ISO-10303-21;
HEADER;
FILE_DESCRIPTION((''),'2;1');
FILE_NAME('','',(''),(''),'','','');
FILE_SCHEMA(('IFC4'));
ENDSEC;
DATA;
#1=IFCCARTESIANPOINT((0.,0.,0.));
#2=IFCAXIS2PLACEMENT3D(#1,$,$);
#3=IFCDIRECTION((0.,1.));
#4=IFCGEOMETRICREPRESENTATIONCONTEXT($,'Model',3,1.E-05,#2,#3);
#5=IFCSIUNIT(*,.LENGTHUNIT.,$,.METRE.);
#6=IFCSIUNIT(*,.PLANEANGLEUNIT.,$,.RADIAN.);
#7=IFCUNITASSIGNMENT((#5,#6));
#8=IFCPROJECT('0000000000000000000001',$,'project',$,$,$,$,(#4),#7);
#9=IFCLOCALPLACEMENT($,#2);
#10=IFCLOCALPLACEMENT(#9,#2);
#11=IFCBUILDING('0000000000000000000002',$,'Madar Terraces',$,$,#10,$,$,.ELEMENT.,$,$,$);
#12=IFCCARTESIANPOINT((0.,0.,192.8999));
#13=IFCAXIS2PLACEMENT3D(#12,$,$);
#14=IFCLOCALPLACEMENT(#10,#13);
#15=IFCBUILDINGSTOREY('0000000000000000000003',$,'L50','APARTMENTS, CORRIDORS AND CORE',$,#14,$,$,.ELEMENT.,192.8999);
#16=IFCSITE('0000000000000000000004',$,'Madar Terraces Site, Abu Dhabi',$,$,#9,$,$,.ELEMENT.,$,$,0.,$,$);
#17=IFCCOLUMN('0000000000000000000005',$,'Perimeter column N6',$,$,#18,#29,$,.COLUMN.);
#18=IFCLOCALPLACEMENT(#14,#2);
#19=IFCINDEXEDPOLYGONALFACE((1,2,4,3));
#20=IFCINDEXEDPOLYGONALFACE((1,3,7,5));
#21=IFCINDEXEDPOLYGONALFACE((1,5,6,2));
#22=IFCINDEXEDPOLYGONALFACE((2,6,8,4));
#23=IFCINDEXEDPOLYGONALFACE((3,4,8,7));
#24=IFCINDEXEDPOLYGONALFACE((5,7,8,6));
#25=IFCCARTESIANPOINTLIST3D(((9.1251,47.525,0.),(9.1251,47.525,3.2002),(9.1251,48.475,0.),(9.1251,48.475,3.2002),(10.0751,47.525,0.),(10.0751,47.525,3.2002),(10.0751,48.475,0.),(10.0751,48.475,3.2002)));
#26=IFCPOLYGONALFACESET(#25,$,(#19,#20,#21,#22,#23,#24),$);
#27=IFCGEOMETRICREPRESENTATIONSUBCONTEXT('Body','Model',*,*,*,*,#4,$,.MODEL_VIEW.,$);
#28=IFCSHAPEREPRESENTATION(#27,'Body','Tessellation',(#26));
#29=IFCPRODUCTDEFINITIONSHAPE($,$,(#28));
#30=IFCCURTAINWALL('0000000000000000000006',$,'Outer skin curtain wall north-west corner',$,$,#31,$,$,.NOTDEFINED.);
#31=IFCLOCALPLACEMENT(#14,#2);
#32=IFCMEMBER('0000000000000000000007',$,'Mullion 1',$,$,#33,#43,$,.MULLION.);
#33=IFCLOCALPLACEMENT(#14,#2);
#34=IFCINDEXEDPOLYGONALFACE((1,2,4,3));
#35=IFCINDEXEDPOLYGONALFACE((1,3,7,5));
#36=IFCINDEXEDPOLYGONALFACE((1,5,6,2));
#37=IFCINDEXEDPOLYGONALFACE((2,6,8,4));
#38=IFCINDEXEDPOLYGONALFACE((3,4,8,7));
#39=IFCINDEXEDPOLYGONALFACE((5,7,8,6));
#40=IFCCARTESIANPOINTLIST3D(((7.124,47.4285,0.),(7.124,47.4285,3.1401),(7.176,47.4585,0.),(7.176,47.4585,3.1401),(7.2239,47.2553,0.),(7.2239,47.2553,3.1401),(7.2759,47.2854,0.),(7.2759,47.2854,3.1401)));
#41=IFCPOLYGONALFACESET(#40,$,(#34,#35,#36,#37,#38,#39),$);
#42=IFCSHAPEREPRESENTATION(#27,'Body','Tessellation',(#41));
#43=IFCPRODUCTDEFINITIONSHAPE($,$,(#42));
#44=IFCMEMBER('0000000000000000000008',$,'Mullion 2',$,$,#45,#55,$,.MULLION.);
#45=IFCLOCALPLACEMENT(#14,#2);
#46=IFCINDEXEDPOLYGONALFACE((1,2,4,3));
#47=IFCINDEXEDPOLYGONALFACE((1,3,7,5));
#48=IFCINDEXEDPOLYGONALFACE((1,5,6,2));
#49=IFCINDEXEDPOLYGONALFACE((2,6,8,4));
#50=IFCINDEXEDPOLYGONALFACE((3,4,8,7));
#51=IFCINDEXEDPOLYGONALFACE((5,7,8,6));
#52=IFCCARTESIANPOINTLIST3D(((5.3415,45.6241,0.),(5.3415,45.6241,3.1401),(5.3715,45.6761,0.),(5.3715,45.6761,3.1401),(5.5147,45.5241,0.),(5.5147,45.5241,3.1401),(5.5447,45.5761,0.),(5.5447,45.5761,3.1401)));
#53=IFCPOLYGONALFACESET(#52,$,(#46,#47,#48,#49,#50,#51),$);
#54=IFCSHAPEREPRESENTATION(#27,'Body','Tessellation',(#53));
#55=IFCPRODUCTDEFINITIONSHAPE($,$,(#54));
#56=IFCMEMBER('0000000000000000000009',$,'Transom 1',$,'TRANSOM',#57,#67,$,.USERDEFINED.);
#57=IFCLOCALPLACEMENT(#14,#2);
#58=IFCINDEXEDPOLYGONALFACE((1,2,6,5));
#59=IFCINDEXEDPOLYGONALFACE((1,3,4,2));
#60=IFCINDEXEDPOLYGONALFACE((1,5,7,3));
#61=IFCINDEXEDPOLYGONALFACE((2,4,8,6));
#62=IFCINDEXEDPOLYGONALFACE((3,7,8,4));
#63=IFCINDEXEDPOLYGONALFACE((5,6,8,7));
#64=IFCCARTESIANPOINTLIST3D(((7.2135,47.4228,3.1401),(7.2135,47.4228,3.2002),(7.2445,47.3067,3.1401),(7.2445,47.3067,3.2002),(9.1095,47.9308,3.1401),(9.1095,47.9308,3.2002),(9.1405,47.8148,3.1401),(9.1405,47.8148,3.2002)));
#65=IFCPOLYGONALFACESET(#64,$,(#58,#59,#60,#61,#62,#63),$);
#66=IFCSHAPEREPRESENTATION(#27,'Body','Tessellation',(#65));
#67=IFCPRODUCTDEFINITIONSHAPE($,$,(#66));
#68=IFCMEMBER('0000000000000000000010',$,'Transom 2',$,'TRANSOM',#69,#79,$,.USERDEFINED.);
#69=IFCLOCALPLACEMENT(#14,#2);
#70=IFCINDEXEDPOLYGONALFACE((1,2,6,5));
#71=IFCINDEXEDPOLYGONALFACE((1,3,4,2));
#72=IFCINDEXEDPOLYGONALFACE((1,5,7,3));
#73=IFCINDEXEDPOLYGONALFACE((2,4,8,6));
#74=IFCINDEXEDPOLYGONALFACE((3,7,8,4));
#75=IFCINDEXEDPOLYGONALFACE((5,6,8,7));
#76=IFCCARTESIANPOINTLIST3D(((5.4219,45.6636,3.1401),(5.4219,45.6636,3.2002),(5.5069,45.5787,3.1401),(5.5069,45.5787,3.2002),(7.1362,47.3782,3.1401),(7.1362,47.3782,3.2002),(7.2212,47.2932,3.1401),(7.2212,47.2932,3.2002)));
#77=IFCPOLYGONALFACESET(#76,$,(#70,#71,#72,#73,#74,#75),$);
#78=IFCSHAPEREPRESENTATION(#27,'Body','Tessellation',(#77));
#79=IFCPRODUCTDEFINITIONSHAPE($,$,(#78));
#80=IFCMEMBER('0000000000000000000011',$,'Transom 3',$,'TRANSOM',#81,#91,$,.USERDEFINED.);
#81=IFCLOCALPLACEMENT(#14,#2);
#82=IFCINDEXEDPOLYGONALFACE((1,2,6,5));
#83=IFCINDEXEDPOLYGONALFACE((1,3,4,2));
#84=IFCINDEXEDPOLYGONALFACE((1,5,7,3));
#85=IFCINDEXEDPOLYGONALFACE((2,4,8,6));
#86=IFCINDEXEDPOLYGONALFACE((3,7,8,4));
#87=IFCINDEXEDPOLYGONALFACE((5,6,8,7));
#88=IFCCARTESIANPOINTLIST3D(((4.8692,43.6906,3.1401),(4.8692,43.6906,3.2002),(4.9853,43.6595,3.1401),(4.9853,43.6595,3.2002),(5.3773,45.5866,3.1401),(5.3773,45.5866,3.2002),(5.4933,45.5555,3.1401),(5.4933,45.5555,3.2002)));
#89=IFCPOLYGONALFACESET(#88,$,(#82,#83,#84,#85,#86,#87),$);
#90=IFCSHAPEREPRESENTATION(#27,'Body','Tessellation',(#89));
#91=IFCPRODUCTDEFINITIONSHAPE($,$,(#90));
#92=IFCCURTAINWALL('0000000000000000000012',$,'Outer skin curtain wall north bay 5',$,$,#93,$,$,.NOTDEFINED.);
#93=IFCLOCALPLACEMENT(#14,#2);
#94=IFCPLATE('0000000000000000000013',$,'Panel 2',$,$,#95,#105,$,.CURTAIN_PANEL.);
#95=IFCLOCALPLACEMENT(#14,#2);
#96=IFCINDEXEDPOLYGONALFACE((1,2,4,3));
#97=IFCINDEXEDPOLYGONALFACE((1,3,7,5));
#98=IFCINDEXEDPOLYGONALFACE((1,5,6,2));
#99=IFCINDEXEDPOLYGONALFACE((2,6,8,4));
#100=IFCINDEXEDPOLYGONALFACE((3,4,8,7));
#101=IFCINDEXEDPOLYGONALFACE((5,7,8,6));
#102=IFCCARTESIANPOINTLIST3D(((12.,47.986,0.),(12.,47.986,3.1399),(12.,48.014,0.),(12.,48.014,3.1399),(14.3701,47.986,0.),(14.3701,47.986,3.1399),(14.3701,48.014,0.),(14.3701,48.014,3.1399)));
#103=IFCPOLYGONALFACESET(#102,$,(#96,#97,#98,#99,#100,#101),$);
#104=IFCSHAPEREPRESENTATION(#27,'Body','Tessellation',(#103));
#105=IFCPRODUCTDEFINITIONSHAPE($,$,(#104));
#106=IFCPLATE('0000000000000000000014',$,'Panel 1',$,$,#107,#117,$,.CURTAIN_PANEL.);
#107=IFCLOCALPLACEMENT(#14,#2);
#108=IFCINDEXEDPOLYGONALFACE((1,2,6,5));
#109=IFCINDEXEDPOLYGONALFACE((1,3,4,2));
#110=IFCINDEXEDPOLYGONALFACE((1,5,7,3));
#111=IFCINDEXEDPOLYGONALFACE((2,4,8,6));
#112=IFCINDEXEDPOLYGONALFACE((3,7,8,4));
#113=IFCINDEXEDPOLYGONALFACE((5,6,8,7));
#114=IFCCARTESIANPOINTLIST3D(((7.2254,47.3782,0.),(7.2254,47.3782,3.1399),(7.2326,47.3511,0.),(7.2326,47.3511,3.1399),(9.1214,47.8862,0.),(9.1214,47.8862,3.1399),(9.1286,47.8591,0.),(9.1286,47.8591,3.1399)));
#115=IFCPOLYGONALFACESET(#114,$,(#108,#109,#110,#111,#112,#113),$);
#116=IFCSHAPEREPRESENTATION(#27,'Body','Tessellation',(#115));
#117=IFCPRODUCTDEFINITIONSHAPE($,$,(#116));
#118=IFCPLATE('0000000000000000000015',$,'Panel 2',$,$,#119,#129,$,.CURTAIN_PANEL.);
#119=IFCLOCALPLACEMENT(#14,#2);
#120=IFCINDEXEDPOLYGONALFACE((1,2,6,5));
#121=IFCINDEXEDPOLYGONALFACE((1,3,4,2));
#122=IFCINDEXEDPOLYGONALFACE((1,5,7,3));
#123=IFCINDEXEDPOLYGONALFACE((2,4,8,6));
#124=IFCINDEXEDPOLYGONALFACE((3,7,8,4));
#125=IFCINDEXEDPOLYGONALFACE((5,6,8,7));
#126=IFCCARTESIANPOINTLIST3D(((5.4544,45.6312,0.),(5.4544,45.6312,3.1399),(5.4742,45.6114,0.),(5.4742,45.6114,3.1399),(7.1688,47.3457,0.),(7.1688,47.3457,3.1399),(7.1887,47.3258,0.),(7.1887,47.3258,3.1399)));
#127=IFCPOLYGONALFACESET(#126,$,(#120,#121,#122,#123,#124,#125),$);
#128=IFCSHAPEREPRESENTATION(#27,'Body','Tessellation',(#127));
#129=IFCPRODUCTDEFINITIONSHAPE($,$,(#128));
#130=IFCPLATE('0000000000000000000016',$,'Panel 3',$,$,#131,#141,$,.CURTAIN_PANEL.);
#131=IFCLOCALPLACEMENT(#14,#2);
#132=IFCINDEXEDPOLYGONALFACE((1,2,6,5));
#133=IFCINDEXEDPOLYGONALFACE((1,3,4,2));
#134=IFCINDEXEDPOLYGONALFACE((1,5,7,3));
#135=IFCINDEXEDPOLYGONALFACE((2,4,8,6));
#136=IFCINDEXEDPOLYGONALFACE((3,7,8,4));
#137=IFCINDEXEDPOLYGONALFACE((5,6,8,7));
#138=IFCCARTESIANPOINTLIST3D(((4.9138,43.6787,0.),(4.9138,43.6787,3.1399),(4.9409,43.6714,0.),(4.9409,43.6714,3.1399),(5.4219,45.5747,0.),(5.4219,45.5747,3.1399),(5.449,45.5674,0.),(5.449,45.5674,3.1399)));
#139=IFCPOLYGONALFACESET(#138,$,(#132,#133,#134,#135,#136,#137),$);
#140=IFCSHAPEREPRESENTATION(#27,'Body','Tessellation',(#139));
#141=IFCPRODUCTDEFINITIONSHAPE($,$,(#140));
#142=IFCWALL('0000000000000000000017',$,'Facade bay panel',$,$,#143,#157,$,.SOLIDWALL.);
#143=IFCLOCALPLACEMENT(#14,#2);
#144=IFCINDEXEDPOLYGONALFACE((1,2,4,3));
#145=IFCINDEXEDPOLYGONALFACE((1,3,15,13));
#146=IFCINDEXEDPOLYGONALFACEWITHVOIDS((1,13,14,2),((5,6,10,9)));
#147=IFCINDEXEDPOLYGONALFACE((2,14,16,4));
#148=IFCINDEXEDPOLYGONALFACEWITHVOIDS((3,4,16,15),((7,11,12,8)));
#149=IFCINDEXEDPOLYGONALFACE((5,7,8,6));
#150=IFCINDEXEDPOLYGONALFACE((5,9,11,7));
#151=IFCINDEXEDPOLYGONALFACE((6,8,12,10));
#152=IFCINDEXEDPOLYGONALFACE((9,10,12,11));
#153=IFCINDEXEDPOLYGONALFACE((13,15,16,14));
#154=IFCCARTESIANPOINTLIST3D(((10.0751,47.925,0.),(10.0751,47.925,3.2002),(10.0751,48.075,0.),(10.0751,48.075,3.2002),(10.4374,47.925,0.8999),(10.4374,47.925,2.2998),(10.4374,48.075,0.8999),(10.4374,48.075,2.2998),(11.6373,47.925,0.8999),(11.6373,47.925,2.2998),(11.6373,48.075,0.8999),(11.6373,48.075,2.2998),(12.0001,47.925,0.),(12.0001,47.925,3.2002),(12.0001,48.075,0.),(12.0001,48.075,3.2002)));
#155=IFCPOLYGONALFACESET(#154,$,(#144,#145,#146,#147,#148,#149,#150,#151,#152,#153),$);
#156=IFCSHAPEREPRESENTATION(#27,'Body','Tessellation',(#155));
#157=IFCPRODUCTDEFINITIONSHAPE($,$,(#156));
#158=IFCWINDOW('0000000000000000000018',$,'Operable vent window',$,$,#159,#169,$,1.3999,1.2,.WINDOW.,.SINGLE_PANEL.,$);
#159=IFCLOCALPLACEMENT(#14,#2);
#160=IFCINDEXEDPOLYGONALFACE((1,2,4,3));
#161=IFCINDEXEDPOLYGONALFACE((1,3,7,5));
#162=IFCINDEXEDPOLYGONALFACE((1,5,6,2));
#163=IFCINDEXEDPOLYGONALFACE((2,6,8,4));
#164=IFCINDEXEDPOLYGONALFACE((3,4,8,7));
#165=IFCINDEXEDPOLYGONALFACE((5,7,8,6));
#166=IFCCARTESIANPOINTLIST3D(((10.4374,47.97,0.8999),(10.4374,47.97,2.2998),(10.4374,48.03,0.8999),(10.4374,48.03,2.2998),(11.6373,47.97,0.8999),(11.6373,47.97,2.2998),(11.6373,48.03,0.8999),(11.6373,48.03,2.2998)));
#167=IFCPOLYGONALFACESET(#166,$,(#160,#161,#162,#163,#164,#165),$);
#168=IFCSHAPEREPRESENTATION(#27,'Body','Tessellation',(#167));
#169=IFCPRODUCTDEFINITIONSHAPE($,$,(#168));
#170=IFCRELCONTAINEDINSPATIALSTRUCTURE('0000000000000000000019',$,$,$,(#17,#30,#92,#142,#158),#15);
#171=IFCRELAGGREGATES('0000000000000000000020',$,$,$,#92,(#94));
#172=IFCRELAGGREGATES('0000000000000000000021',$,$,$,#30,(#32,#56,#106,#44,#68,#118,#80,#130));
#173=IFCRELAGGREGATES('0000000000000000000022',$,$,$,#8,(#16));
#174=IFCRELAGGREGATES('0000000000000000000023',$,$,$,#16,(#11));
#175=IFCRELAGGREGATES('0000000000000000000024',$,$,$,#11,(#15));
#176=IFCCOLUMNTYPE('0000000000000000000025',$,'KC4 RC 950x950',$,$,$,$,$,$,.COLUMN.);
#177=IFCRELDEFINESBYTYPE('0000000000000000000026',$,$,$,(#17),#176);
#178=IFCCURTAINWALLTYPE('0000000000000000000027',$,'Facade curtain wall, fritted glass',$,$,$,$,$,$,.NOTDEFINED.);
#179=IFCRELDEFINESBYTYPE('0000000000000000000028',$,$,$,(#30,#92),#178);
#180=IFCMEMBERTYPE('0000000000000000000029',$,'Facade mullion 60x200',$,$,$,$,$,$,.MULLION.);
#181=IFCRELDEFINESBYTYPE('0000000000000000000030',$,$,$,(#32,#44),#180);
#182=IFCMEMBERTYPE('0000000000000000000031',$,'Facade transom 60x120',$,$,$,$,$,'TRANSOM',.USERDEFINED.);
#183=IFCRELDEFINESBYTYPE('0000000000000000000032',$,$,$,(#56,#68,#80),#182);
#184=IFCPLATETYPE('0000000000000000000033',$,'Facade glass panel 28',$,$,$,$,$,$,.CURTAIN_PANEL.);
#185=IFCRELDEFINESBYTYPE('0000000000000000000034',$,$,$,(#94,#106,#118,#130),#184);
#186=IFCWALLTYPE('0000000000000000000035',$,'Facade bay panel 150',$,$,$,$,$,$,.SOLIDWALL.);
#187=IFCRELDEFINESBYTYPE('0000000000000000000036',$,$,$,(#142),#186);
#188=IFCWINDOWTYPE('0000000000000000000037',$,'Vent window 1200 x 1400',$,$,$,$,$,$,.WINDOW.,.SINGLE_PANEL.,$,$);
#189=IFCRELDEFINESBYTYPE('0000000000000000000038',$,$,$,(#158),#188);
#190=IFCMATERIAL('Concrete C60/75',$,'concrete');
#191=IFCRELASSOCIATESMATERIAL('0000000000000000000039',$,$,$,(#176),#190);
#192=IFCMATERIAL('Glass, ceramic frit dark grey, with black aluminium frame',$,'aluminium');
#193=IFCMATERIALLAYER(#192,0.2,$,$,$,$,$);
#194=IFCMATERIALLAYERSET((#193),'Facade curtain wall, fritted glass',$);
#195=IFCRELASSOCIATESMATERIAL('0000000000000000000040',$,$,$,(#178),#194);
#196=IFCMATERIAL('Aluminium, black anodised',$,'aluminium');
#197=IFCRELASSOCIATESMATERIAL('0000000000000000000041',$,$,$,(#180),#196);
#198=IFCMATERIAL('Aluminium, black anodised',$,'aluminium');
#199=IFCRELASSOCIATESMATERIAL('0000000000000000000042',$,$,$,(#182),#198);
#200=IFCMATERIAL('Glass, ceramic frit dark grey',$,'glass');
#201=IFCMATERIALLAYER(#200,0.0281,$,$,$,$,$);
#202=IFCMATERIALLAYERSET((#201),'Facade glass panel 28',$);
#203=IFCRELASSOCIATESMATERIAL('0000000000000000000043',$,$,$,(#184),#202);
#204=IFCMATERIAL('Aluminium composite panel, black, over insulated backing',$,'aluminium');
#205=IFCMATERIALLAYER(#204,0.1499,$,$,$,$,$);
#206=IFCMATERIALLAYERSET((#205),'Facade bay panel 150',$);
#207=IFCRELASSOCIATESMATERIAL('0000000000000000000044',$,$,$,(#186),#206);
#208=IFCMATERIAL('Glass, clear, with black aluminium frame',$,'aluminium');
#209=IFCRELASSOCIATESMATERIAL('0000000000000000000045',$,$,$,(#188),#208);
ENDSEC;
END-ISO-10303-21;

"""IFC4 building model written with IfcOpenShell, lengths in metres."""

from ifc_helpers import new_model, si_unit, direction, frame, frame_2d, origin, origin_2d, place, context, subcontext, project, spatial, rectangle, extrude, material, layer, layer_set, material_profile, profile_set, type_object, element, fill, aggregate, save


model = new_model("IFC4")

# Units and contexts
model_context = context("Model", 3, precision=1e-05, world=origin(), true_north=direction((0.0, 1.0)))
body_context = subcontext(model_context, "Body", "Model", "MODEL_VIEW")
ifc_project = project(units=[si_unit("LENGTHUNIT", "METRE"), si_unit("PLANEANGLEUNIT", "RADIAN")], contexts=[model_context])

# Site, building, storey
site_placement = place(None, origin())
site = spatial("IfcSite", under=ifc_project, at=site_placement, Name="Madar Terraces Site, Abu Dhabi", CompositionType="ELEMENT", RefElevation=0.0)
building_placement = place(site_placement, origin())
building = spatial("IfcBuilding", under=site, at=building_placement, Name="Madar Terraces", CompositionType="ELEMENT")
storey_placement = place(building_placement, frame((0.0, 0.0, 192.8999)))
storey = spatial("IfcBuildingStorey", under=building, at=storey_placement, Name="L50", Description="APARTMENTS, CORRIDORS AND CORE", CompositionType="ELEMENT", Elevation=192.8999)

# Column
ifc_material_1 = material(Name="Concrete C60/75", Category="concrete")
ifc_material_profile_1 = material_profile(ifc_material_1, rectangle(XDim=0.95, YDim=0.95, at=origin_2d()), Name="KC4 RC 950x950")
ifc_profile_set_1 = profile_set([ifc_material_profile_1], Name="Concrete C60/75")
column_type = type_object("IfcColumnType", Name="KC4 RC 950x950", PredefinedType="COLUMN", material=ifc_profile_set_1)
column_placement = place(storey_placement, frame((9.6001, 48.0, 0.0), z_axis=(0.0, 0.0, 1.0), x_axis=(1.0, 0.0, 0.0)))
element("IfcColumn", 1, at=column_placement, inside=storey, type_object=column_type, Name="Perimeter column N6", PredefinedType="COLUMN", context=body_context, shape_type="SweptSolid", body=[
    extrude(rectangle(XDim=0.95, YDim=0.95, at=origin_2d()), origin(), (0.0, 0.0, 1.0), 3.2002),
])

# Curtain wall, members
ifc_material_2 = material(Name="Glass, ceramic frit dark grey, with black aluminium frame", Category="aluminium")
ifc_layer_1 = layer(ifc_material_2, 0.2)
ifc_layer_set_1 = layer_set([ifc_layer_1], Name="Facade curtain wall, fritted glass")
curtain_wall_type = type_object("IfcCurtainWallType", Name="Facade curtain wall, fritted glass", PredefinedType="NOTDEFINED", material=ifc_layer_set_1)
curtain_wall_1_placement = place(storey_placement, origin())
curtain_wall_1 = element("IfcCurtainWall", 2, at=curtain_wall_1_placement, inside=storey, type_object=curtain_wall_type, Name="Outer skin curtain wall north-west corner", PredefinedType="NOTDEFINED")
ifc_material_3 = material(Name="Aluminium, black anodised", Category="aluminium")
ifc_material_profile_2 = material_profile(ifc_material_3, rectangle(XDim=0.2, YDim=0.0601, at=origin_2d()), Name="Facade mullion 60x200")
ifc_profile_set_2 = profile_set([ifc_material_profile_2], Name="Aluminium, black anodised")
member_type_1 = type_object("IfcMemberType", Name="Facade mullion 60x200", PredefinedType="MULLION", material=ifc_profile_set_2)
member_1_placement = place(storey_placement, frame((7.2, 47.3569, 0.0), z_axis=(0.0, 0.0, 1.0), x_axis=(0.5, -0.866025, 0.0)))
member_1 = element("IfcMember", 3, at=member_1_placement, type_object=member_type_1, Name="Mullion 1", PredefinedType="MULLION", context=body_context, shape_type="SweptSolid", body=[
    extrude(rectangle(XDim=0.2, YDim=0.0601, at=origin_2d()), origin(), (0.0, 0.0, 1.0), 3.1401),
])
member_2_placement = place(storey_placement, frame((5.4431, 45.6001, 0.0), z_axis=(0.0, 0.0, 1.0), x_axis=(0.866025, -0.5, 0.0)))
member_2 = element("IfcMember", 4, at=member_2_placement, type_object=member_type_1, Name="Mullion 2", PredefinedType="MULLION", context=body_context, shape_type="SweptSolid", body=[
    extrude(rectangle(XDim=0.2, YDim=0.0601, at=origin_2d()), origin(), (0.0, 0.0, 1.0), 3.1401),
])
ifc_material_4 = material(Name="Aluminium, black anodised", Category="aluminium")
ifc_material_profile_3 = material_profile(ifc_material_4, rectangle(XDim=0.1201, YDim=0.0601, at=origin_2d()), Name="Facade transom 60x120")
ifc_profile_set_3 = profile_set([ifc_material_profile_3], Name="Aluminium, black anodised")
member_type_2 = type_object("IfcMemberType", Name="Facade transom 60x120", ElementType="TRANSOM", PredefinedType="USERDEFINED", material=ifc_profile_set_3)
member_3_placement = place(storey_placement, frame((9.125, 47.8728, 3.1702), z_axis=(-0.965923, -0.258831, 0.0), x_axis=(0.258831, -0.965923, 0.0)))
member_3 = element("IfcMember", 5, at=member_3_placement, type_object=member_type_2, Name="Transom 1", ObjectType="TRANSOM", PredefinedType="USERDEFINED", context=body_context, shape_type="SweptSolid", body=[
    extrude(rectangle(XDim=0.1201, YDim=0.0601, at=origin_2d()), origin(), (0.0, 0.0, 1.0), 1.9629),
])
member_4_placement = place(storey_placement, frame((7.1787, 47.3357, 3.1702), z_axis=(-0.707056, -0.707157, 0.0), x_axis=(0.707157, -0.707056, 0.0)))
member_4 = element("IfcMember", 6, at=member_4_placement, type_object=member_type_2, Name="Transom 2", ObjectType="TRANSOM", PredefinedType="USERDEFINED", context=body_context, shape_type="SweptSolid", body=[
    extrude(rectangle(XDim=0.1201, YDim=0.0601, at=origin_2d()), origin(), (0.0, 0.0, 1.0), 2.4246),
])
member_5_placement = place(storey_placement, frame((5.4353, 45.571, 3.1702), z_axis=(-0.258831, -0.965923, 0.0), x_axis=(0.965923, -0.258831, 0.0)))
member_5 = element("IfcMember", 7, at=member_5_placement, type_object=member_type_2, Name="Transom 3", ObjectType="TRANSOM", PredefinedType="USERDEFINED", context=body_context, shape_type="SweptSolid", body=[
    extrude(rectangle(XDim=0.1201, YDim=0.0601, at=origin_2d()), origin(), (0.0, 0.0, 1.0), 1.9629),
])

# Curtain wall, plate
curtain_wall_2_placement = place(storey_placement, origin())
curtain_wall_2 = element("IfcCurtainWall", 8, at=curtain_wall_2_placement, inside=storey, type_object=curtain_wall_type, Name="Outer skin curtain wall north bay 5", PredefinedType="NOTDEFINED")
ifc_material_5 = material(Name="Glass, ceramic frit dark grey", Category="glass")
ifc_layer_2 = layer(ifc_material_5, 0.0281)
ifc_layer_set_2 = layer_set([ifc_layer_2], Name="Facade glass panel 28")
plate_type = type_object("IfcPlateType", Name="Facade glass panel 28", PredefinedType="CURTAIN_PANEL", material=ifc_layer_set_2)
plate_1_placement = place(storey_placement, frame((13.1851, 48.0, 0.0), z_axis=(0.0, 0.0, 1.0), x_axis=(-1.0, 0.0, 0.0)))
plate_1 = element("IfcPlate", 9, at=plate_1_placement, type_object=plate_type, Name="Panel 2", PredefinedType="CURTAIN_PANEL", context=body_context, shape_type="SweptSolid", body=[
    extrude(rectangle(XDim=2.3701, YDim=0.0281, at=origin_2d()), origin(), (0.0, 0.0, 1.0), 3.1399),
])
aggregate(curtain_wall_2, [plate_1])

# Plates
plate_2_placement = place(storey_placement, frame((8.177, 47.6187, 0.0), z_axis=(0.0, 0.0, 1.0), x_axis=(-0.965926, -0.258819, 0.0)))
plate_2 = element("IfcPlate", 10, at=plate_2_placement, type_object=plate_type, Name="Panel 1", PredefinedType="CURTAIN_PANEL", context=body_context, shape_type="SweptSolid", body=[
    extrude(rectangle(XDim=1.9629, YDim=0.0281, at=origin_2d()), origin(), (0.0, 0.0, 1.0), 3.1399),
])
plate_3_placement = place(storey_placement, frame((6.3215, 46.4785, 0.0), z_axis=(0.0, 0.0, 1.0), x_axis=(-0.707107, -0.707107, 0.0)))
plate_3 = element("IfcPlate", 11, at=plate_3_placement, type_object=plate_type, Name="Panel 2", PredefinedType="CURTAIN_PANEL", context=body_context, shape_type="SweptSolid", body=[
    extrude(rectangle(XDim=2.4246, YDim=0.0281, at=origin_2d()), origin(), (0.0, 0.0, 1.0), 3.1399),
])
plate_4_placement = place(storey_placement, frame((5.1814, 44.623, 0.0), z_axis=(0.0, 0.0, 1.0), x_axis=(-0.258819, -0.965926, 0.0)))
plate_4 = element("IfcPlate", 12, at=plate_4_placement, type_object=plate_type, Name="Panel 3", PredefinedType="CURTAIN_PANEL", context=body_context, shape_type="SweptSolid", body=[
    extrude(rectangle(XDim=1.9629, YDim=0.0281, at=origin_2d()), origin(), (0.0, 0.0, 1.0), 3.1399),
])
aggregate(curtain_wall_1, [member_1, member_3, plate_2, member_2, member_4, plate_3, member_5, plate_4])

# Wall, opening, window
ifc_material_6 = material(Name="Aluminium composite panel, black, over insulated backing", Category="aluminium")
ifc_layer_3 = layer(ifc_material_6, 0.1499)
ifc_layer_set_3 = layer_set([ifc_layer_3], Name="Facade bay panel 150")
wall_type = type_object("IfcWallType", Name="Facade bay panel 150", PredefinedType="SOLIDWALL", material=ifc_layer_set_3)
wall_placement = place(storey_placement, frame((12.0, 48.0, 0.0), z_axis=(0.0, 0.0, 1.0), x_axis=(-1.0, 0.0, 0.0)))
wall = element("IfcWall", 13, at=wall_placement, inside=storey, type_object=wall_type, Name="Facade bay panel", PredefinedType="SOLIDWALL", context=body_context, shape_type="SweptSolid", body=[
    extrude(rectangle(XDim=1.925, YDim=0.1499, at=frame_2d((0.9624, 0.0))), origin(), (0.0, 0.0, 1.0), 3.2002),
])
opening_placement = place(wall_placement, frame((0.3625, 0.0, 0.8999)))
opening = element("IfcOpeningElement", 14, at=opening_placement, cuts=wall, PredefinedType="OPENING", context=body_context, shape_type="SweptSolid", body=[
    extrude(rectangle(XDim=1.2, YDim=1.3999, at=frame_2d((0.6001, 0.7))), frame((0.0, 0.085, 0.0), z_axis=(0.0, -1.0, 0.0), x_axis=(1.0, 0.0, 0.0)), (0.0, 0.0, 1.0), 0.1699),
])
ifc_material_7 = material(Name="Glass, clear, with black aluminium frame", Category="aluminium")
window_type = type_object("IfcWindowType", Name="Vent window 1200 x 1400", PartitioningType="SINGLE_PANEL", PredefinedType="WINDOW", material=ifc_material_7)
window_placement = place(opening_placement, origin())
window = element("IfcWindow", 15, at=window_placement, inside=storey, type_object=window_type, Name="Operable vent window", OverallHeight=1.3999, OverallWidth=1.2, PartitioningType="SINGLE_PANEL", PredefinedType="WINDOW", context=body_context, shape_type="SweptSolid", body=[
    extrude(rectangle(XDim=1.2, YDim=1.3999, at=frame_2d((0.6001, 0.7))), frame((0.0, 0.03, 0.0), z_axis=(0.0, -1.0, 0.0), x_axis=(1.0, 0.0, 0.0)), (0.0, 0.0, 1.0), 0.0601),
])
fill(opening, window)

save(model, "model.ifc")
